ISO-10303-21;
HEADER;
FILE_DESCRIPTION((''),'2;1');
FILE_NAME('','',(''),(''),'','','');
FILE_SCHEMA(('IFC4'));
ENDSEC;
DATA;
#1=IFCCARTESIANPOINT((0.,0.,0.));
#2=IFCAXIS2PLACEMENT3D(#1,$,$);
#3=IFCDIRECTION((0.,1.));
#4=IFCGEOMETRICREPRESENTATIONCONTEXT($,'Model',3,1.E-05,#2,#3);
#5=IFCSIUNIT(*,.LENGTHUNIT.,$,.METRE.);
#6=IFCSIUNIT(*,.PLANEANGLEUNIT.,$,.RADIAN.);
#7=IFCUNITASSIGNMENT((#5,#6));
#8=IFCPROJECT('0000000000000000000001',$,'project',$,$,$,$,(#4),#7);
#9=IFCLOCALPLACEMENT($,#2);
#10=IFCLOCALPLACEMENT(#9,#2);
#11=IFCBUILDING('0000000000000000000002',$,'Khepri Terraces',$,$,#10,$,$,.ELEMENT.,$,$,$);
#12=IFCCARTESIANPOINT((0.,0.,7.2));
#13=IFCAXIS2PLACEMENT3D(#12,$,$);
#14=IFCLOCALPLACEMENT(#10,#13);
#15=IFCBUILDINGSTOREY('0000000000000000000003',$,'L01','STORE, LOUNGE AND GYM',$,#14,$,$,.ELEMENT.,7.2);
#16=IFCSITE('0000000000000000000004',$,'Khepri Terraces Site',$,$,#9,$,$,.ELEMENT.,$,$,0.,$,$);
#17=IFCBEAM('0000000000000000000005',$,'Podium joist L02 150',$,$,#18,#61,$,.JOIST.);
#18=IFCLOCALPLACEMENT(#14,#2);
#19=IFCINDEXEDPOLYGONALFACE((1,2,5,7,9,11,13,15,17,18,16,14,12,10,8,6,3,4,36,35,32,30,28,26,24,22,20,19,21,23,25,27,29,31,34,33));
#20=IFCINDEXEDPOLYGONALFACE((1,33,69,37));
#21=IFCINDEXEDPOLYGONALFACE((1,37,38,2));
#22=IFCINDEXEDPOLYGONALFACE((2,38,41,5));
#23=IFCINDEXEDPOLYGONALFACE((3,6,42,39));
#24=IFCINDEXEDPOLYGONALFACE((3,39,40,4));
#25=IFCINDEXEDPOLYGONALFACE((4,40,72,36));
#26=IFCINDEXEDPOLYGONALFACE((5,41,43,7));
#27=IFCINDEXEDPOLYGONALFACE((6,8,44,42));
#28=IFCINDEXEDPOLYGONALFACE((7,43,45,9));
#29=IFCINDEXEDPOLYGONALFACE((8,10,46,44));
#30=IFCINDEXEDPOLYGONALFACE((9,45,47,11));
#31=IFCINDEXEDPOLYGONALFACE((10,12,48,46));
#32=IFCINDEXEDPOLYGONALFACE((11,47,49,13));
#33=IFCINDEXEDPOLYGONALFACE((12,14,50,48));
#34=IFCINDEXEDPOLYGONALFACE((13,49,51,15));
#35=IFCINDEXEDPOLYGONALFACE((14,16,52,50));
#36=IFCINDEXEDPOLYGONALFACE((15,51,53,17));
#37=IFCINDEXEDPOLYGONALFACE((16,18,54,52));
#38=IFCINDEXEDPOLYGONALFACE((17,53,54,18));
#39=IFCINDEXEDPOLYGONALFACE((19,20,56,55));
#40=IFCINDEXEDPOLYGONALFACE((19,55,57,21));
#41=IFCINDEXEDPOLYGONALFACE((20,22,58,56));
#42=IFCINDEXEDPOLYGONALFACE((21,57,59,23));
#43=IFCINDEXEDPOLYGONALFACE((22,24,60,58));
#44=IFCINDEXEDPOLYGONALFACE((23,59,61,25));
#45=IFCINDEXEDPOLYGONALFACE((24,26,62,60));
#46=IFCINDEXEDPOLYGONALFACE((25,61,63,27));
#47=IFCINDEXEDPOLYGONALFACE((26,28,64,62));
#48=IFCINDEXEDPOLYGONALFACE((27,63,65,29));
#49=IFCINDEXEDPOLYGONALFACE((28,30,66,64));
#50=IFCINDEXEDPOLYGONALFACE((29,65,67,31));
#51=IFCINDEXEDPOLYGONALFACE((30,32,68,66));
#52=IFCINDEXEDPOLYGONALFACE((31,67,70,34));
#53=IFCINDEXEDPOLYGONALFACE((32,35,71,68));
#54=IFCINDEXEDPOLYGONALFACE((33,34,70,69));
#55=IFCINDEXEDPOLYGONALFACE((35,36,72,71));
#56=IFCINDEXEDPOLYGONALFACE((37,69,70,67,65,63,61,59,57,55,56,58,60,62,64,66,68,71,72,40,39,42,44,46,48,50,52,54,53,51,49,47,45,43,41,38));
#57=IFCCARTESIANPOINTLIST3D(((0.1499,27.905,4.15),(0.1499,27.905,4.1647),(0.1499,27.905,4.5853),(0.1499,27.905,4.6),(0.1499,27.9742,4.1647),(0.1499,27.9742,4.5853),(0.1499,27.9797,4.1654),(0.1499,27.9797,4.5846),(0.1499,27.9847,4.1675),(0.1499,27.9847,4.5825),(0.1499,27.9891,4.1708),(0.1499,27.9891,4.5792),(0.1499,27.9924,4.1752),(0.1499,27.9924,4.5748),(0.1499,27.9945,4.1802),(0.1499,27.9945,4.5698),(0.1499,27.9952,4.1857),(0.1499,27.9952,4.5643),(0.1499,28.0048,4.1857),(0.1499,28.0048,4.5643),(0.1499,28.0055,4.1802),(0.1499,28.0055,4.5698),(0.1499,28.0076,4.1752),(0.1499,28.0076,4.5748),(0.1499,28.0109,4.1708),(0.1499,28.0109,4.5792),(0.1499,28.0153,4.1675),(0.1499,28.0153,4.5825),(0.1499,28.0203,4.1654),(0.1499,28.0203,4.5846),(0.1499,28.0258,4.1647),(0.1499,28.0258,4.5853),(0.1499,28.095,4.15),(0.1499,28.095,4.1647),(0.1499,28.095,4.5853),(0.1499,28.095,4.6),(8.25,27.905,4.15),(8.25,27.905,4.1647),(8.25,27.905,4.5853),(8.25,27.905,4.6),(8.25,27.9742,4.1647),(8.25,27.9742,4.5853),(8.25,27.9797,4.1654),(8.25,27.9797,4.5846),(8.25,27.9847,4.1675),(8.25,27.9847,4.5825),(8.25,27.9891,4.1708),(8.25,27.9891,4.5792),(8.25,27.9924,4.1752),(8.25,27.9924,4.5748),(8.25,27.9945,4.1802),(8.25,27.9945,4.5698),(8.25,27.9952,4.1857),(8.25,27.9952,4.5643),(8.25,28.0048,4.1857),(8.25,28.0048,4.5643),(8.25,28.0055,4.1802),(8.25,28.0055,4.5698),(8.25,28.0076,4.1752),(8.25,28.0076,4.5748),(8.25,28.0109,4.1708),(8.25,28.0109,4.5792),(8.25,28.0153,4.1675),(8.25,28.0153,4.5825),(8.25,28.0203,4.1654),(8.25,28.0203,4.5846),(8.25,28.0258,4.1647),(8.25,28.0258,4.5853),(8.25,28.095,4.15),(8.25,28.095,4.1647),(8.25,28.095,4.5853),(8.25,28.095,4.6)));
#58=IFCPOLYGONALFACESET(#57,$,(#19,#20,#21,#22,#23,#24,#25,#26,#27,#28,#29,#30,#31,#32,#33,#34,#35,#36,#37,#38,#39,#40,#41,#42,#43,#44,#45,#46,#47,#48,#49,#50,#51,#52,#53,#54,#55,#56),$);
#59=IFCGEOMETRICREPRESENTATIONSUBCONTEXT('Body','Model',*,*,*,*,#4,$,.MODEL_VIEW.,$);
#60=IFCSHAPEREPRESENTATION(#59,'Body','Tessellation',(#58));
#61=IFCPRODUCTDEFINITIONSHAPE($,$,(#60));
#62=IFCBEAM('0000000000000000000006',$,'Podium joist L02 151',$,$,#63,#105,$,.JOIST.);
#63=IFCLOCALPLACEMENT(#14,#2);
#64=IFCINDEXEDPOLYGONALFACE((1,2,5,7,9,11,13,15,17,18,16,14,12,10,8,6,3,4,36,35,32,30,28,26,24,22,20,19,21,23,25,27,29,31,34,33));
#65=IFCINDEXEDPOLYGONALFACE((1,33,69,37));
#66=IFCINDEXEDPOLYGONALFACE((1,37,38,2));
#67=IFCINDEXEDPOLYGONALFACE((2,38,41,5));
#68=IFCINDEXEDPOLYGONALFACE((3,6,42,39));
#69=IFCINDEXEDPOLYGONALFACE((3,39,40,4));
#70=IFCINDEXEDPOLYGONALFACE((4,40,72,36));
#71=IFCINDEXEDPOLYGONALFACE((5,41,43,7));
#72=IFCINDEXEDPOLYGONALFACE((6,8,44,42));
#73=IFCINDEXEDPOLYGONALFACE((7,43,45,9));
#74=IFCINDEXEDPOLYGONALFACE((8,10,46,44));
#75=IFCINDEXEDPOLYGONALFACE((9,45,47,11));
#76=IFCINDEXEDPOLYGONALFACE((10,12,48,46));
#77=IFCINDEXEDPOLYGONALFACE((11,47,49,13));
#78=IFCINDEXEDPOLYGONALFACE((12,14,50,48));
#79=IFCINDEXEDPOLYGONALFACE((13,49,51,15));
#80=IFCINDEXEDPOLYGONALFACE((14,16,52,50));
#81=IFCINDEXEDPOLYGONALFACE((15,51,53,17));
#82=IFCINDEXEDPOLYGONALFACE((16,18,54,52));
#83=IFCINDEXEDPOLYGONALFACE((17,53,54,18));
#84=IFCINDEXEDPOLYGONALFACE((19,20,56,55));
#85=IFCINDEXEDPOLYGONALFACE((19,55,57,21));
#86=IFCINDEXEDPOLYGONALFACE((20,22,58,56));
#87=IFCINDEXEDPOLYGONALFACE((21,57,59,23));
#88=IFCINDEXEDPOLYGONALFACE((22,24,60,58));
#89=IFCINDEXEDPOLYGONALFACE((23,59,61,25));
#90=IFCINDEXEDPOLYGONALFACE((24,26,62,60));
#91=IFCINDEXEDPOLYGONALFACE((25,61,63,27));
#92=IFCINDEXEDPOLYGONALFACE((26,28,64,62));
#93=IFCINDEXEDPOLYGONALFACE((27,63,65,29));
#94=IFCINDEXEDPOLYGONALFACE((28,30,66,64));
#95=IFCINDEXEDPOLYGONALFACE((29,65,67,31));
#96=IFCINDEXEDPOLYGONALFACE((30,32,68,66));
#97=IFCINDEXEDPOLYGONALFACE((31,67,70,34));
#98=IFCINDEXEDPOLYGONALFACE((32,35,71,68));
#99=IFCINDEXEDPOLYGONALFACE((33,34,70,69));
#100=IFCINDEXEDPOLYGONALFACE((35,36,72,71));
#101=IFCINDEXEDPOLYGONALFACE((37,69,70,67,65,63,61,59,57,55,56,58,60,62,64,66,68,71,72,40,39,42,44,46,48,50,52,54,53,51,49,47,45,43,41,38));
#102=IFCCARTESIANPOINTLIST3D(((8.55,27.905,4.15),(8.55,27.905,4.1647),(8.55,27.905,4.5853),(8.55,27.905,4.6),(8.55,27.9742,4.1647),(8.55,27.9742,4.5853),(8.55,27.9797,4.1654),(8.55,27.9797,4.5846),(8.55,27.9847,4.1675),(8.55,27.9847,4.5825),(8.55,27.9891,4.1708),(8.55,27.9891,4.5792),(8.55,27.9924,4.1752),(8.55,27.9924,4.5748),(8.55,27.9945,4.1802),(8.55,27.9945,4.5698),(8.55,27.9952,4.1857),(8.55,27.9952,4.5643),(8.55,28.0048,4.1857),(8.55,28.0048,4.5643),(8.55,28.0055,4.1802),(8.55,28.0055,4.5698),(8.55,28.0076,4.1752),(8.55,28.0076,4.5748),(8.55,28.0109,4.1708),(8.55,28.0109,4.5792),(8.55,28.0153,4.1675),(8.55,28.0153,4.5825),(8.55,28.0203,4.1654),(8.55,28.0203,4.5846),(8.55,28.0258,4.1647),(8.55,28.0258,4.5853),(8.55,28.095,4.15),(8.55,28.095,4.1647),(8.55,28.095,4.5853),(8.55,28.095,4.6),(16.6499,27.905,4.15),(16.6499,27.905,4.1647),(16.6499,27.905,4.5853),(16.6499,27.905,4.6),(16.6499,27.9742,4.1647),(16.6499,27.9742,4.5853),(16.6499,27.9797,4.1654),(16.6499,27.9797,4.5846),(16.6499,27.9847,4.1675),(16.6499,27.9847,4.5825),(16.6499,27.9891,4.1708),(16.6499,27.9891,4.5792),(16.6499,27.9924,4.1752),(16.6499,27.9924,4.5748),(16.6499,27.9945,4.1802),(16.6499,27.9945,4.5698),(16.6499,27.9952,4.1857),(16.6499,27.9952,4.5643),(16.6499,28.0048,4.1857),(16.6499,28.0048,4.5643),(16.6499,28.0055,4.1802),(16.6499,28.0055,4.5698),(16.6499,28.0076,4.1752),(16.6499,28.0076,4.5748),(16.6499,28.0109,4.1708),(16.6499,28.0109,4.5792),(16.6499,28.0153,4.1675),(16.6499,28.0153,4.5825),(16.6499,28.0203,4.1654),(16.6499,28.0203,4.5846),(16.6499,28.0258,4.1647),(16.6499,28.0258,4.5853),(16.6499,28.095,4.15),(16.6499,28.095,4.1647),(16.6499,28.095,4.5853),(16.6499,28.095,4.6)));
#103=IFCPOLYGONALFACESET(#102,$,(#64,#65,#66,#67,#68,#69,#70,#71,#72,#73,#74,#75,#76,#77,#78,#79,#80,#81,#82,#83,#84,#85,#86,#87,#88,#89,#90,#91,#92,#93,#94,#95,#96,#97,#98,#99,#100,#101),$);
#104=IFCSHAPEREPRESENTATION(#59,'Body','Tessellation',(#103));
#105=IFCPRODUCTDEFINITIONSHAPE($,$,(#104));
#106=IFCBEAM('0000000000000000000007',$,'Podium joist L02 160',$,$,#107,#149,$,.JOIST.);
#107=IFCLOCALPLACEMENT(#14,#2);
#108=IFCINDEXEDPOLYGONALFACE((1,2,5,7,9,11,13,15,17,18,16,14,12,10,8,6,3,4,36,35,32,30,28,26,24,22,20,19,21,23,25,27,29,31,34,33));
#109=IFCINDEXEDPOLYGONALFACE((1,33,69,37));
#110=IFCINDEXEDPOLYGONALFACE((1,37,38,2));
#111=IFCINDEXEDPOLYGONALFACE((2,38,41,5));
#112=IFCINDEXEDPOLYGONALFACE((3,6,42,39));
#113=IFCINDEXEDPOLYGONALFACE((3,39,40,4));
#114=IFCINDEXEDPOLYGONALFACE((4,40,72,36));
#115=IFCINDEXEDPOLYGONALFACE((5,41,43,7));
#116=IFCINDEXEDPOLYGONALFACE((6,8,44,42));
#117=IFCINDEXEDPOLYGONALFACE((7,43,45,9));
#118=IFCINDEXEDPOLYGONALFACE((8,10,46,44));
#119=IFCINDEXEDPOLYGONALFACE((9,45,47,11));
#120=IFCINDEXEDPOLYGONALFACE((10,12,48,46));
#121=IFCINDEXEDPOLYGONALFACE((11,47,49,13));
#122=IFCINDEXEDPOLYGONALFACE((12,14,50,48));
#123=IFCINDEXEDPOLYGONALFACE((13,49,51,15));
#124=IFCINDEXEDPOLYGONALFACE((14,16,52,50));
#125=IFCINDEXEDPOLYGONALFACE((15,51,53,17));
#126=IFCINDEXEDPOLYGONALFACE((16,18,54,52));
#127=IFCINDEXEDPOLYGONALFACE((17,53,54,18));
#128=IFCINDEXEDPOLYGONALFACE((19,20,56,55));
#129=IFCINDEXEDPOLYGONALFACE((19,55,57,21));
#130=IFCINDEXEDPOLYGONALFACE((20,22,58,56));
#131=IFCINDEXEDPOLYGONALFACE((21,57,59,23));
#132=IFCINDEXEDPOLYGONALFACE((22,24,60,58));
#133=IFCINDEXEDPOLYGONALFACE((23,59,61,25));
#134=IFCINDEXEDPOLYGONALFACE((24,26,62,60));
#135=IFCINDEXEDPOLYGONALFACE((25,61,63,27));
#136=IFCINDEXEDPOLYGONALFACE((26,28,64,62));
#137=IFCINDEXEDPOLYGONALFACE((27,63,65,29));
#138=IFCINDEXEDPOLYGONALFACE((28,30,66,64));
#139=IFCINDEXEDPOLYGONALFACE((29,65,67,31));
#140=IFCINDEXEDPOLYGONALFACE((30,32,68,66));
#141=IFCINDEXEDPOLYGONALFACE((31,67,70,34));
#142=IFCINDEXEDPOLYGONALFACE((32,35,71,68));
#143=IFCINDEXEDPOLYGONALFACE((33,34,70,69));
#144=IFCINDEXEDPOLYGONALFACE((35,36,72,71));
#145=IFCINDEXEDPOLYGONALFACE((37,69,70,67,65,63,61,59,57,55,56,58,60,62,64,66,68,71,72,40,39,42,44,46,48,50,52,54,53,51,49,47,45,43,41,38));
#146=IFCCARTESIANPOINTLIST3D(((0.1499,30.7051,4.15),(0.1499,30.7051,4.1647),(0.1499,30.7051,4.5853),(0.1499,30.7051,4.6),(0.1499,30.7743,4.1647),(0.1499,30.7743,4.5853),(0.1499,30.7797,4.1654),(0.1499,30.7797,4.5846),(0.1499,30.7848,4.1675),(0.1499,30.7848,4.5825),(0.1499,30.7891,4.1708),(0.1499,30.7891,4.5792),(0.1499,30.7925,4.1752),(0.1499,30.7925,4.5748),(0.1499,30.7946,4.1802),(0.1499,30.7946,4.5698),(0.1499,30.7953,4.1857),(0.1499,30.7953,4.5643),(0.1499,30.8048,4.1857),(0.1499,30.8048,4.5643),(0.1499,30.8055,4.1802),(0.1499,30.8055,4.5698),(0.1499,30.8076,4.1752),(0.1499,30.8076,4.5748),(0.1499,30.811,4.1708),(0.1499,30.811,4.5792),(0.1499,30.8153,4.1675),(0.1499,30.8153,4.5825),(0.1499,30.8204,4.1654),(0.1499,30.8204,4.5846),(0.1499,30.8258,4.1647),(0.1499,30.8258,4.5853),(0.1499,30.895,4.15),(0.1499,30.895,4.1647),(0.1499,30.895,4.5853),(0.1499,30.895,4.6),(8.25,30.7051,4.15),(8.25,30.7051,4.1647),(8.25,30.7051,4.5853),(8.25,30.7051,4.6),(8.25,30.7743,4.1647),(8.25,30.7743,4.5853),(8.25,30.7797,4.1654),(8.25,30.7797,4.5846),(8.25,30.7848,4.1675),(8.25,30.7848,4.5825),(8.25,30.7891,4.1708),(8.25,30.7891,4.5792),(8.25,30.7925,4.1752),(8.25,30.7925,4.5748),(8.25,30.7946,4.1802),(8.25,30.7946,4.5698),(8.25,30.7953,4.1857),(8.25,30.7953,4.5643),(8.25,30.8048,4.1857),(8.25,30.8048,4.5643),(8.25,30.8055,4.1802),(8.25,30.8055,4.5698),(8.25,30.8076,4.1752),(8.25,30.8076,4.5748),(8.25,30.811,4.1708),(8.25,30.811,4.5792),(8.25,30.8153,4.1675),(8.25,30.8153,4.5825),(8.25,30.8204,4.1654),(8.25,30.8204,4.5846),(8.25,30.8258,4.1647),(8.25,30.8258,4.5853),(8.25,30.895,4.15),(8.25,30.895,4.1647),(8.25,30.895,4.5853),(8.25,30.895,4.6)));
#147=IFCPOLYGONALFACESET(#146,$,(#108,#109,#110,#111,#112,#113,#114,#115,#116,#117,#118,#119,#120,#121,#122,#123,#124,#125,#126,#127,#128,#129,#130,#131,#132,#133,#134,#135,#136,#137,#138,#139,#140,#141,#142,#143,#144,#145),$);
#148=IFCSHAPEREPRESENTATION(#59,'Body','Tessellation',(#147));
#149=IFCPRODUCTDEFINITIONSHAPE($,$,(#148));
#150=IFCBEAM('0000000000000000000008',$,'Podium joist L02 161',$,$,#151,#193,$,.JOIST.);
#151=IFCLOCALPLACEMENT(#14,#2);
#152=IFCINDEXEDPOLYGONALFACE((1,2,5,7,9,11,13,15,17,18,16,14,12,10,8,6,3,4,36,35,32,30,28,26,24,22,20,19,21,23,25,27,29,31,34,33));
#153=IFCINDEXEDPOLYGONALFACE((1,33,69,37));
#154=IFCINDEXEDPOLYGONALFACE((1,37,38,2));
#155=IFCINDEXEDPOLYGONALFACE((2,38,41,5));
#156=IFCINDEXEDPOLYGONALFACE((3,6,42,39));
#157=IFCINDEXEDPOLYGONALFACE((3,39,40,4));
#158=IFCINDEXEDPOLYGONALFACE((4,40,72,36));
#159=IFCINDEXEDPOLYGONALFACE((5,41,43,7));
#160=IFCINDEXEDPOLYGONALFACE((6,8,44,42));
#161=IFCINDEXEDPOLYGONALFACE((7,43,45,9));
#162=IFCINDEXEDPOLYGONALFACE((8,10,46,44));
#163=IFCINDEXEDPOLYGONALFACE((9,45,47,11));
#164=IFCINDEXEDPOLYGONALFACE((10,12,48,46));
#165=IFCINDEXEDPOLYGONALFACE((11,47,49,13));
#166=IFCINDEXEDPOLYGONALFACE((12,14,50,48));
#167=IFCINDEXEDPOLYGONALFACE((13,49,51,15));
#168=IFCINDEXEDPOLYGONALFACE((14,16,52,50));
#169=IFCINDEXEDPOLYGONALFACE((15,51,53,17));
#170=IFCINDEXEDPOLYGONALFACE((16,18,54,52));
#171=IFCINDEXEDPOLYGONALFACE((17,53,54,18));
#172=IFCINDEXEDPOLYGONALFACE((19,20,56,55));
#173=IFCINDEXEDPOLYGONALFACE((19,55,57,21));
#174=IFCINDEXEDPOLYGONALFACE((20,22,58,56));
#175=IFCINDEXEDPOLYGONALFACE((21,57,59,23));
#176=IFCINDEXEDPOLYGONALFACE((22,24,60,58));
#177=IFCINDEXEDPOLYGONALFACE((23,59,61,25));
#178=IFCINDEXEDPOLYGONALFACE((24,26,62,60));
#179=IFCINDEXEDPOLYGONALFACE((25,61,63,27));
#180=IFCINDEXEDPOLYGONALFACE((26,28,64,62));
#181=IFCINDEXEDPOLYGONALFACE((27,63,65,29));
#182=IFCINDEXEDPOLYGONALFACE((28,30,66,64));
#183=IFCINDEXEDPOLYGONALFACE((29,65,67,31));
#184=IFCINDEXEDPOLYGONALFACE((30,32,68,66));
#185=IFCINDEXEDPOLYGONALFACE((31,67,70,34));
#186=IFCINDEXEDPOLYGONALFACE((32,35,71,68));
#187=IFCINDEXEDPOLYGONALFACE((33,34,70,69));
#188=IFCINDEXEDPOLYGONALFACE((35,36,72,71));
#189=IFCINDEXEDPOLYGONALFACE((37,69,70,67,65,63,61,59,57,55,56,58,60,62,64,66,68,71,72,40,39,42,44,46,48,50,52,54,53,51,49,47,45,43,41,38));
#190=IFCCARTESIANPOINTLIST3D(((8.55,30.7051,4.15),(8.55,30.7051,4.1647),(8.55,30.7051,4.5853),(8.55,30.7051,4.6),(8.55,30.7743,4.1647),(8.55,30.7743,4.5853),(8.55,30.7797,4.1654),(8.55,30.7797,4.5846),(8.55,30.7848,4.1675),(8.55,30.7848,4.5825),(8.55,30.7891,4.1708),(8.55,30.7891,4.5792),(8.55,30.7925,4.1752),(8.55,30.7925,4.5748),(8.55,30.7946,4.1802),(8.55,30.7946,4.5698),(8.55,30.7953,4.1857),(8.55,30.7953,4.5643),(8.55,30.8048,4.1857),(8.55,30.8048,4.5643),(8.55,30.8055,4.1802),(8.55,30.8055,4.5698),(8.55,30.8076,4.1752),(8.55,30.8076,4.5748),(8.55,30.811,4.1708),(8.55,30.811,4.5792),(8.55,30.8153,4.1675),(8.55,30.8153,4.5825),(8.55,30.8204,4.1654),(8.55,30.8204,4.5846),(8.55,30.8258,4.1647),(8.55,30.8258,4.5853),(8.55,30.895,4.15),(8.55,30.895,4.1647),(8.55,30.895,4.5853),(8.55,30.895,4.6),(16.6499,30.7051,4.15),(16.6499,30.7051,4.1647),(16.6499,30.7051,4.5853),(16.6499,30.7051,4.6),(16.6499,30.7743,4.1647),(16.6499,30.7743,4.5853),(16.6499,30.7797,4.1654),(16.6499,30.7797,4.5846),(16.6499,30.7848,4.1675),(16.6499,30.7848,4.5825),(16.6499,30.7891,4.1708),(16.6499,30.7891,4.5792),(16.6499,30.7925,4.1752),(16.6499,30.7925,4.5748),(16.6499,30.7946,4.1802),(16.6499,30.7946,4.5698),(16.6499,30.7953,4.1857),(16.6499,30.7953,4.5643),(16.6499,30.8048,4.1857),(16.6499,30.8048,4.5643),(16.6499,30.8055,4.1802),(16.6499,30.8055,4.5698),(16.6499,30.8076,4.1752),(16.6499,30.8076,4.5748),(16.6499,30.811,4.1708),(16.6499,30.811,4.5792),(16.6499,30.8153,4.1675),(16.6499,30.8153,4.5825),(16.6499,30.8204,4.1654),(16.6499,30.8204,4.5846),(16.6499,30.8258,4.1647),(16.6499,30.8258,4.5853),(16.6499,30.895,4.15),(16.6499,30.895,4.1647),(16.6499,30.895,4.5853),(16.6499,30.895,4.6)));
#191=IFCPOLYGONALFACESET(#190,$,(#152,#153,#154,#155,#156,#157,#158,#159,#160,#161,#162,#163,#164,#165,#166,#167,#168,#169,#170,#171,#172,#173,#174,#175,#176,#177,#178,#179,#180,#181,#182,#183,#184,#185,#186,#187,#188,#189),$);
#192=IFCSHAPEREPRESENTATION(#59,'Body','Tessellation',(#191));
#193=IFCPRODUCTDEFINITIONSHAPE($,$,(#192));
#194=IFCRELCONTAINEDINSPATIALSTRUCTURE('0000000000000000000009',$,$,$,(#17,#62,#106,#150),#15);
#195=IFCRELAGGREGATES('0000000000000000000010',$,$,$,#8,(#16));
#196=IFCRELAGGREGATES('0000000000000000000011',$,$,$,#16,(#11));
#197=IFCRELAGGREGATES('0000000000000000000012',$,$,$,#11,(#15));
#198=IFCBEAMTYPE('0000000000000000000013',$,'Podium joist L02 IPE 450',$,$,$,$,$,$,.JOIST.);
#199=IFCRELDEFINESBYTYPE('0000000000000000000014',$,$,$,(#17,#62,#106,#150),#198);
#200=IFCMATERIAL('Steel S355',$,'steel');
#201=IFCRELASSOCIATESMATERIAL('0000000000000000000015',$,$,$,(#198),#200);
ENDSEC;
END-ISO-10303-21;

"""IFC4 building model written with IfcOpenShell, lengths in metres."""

from ifc_helpers import new_model, si_unit, direction, frame, origin, origin_2d, place, context, subcontext, project, spatial, i_section, extrude, material, material_profile, profile_set, type_object, element, save


model = new_model("IFC4")

# Units and contexts
model_context = context("Model", 3, precision=1e-05, world=origin(), true_north=direction((0.0, 1.0)))
body_context = subcontext(model_context, "Body", "Model", "MODEL_VIEW")
ifc_project = project(units=[si_unit("LENGTHUNIT", "METRE"), si_unit("PLANEANGLEUNIT", "RADIAN")], contexts=[model_context])

# Site, building, storey
site_placement = place(None, origin())
site = spatial("IfcSite", under=ifc_project, at=site_placement, Name="Khepri Terraces Site", CompositionType="ELEMENT", RefElevation=0.0)
building_placement = place(site_placement, origin())
building = spatial("IfcBuilding", under=site, at=building_placement, Name="Khepri Terraces", CompositionType="ELEMENT")
storey_placement = place(building_placement, frame((0.0, 0.0, 7.2)))
storey = spatial("IfcBuildingStorey", under=building, at=storey_placement, Name="L01", Description="STORE, LOUNGE AND GYM", CompositionType="ELEMENT", Elevation=7.2)

# Beams
ifc_material_1 = material(Name="Steel S355", Category="steel")
ifc_material_profile_1 = material_profile(ifc_material_1, i_section(OverallWidth=0.1899, OverallDepth=0.45, WebThickness=0.0095, FlangeThickness=0.0146, FilletRadius=0.021, at=origin_2d()), Name="Steel S355", Category="steel")
ifc_profile_set_1 = profile_set([ifc_material_profile_1], Name="Steel S355")
beam_type_1 = type_object("IfcBeamType", Name="Podium joist L02 IPE 450", PredefinedType="JOIST", material=ifc_profile_set_1)
beam_1_placement = place(storey_placement, frame((0.1499, 28.0, 4.375), z_axis=(1.0, 0.0, 0.0), x_axis=(0.0, 1.0, 0.0)))
element("IfcBeam", 1, at=beam_1_placement, inside=storey, type_object=beam_type_1, Name="Podium joist L02 150", PredefinedType="JOIST", context=body_context, shape_type="SweptSolid", body=[
    extrude(i_section(OverallWidth=0.1899, OverallDepth=0.45, WebThickness=0.0095, FlangeThickness=0.0146, FilletRadius=0.021, at=origin_2d()), origin(), (0.0, 0.0, 1.0), 8.1001),
])
beam_2_placement = place(storey_placement, frame((8.55, 28.0, 4.375), z_axis=(1.0, 0.0, 0.0), x_axis=(0.0, 1.0, 0.0)))
element("IfcBeam", 2, at=beam_2_placement, inside=storey, type_object=beam_type_1, Name="Podium joist L02 151", PredefinedType="JOIST", context=body_context, shape_type="SweptSolid", body=[
    extrude(i_section(OverallWidth=0.1899, OverallDepth=0.45, WebThickness=0.0095, FlangeThickness=0.0146, FilletRadius=0.021, at=origin_2d()), origin(), (0.0, 0.0, 1.0), 8.0999),
])
beam_3_placement = place(storey_placement, frame((0.1499, 30.8, 4.375), z_axis=(1.0, 0.0, 0.0), x_axis=(0.0, 1.0, 0.0)))
element("IfcBeam", 3, at=beam_3_placement, inside=storey, type_object=beam_type_1, Name="Podium joist L02 160", PredefinedType="JOIST", context=body_context, shape_type="SweptSolid", body=[
    extrude(i_section(OverallWidth=0.1899, OverallDepth=0.45, WebThickness=0.0095, FlangeThickness=0.0146, FilletRadius=0.021, at=origin_2d()), origin(), (0.0, 0.0, 1.0), 8.1001),
])
beam_4_placement = place(storey_placement, frame((8.55, 30.8, 4.375), z_axis=(1.0, 0.0, 0.0), x_axis=(0.0, 1.0, 0.0)))
element("IfcBeam", 4, at=beam_4_placement, inside=storey, type_object=beam_type_1, Name="Podium joist L02 161", PredefinedType="JOIST", context=body_context, shape_type="SweptSolid", body=[
    extrude(i_section(OverallWidth=0.1899, OverallDepth=0.45, WebThickness=0.0095, FlangeThickness=0.0146, FilletRadius=0.021, at=origin_2d()), origin(), (0.0, 0.0, 1.0), 8.0999),
])

save(model, "model.ifc")
